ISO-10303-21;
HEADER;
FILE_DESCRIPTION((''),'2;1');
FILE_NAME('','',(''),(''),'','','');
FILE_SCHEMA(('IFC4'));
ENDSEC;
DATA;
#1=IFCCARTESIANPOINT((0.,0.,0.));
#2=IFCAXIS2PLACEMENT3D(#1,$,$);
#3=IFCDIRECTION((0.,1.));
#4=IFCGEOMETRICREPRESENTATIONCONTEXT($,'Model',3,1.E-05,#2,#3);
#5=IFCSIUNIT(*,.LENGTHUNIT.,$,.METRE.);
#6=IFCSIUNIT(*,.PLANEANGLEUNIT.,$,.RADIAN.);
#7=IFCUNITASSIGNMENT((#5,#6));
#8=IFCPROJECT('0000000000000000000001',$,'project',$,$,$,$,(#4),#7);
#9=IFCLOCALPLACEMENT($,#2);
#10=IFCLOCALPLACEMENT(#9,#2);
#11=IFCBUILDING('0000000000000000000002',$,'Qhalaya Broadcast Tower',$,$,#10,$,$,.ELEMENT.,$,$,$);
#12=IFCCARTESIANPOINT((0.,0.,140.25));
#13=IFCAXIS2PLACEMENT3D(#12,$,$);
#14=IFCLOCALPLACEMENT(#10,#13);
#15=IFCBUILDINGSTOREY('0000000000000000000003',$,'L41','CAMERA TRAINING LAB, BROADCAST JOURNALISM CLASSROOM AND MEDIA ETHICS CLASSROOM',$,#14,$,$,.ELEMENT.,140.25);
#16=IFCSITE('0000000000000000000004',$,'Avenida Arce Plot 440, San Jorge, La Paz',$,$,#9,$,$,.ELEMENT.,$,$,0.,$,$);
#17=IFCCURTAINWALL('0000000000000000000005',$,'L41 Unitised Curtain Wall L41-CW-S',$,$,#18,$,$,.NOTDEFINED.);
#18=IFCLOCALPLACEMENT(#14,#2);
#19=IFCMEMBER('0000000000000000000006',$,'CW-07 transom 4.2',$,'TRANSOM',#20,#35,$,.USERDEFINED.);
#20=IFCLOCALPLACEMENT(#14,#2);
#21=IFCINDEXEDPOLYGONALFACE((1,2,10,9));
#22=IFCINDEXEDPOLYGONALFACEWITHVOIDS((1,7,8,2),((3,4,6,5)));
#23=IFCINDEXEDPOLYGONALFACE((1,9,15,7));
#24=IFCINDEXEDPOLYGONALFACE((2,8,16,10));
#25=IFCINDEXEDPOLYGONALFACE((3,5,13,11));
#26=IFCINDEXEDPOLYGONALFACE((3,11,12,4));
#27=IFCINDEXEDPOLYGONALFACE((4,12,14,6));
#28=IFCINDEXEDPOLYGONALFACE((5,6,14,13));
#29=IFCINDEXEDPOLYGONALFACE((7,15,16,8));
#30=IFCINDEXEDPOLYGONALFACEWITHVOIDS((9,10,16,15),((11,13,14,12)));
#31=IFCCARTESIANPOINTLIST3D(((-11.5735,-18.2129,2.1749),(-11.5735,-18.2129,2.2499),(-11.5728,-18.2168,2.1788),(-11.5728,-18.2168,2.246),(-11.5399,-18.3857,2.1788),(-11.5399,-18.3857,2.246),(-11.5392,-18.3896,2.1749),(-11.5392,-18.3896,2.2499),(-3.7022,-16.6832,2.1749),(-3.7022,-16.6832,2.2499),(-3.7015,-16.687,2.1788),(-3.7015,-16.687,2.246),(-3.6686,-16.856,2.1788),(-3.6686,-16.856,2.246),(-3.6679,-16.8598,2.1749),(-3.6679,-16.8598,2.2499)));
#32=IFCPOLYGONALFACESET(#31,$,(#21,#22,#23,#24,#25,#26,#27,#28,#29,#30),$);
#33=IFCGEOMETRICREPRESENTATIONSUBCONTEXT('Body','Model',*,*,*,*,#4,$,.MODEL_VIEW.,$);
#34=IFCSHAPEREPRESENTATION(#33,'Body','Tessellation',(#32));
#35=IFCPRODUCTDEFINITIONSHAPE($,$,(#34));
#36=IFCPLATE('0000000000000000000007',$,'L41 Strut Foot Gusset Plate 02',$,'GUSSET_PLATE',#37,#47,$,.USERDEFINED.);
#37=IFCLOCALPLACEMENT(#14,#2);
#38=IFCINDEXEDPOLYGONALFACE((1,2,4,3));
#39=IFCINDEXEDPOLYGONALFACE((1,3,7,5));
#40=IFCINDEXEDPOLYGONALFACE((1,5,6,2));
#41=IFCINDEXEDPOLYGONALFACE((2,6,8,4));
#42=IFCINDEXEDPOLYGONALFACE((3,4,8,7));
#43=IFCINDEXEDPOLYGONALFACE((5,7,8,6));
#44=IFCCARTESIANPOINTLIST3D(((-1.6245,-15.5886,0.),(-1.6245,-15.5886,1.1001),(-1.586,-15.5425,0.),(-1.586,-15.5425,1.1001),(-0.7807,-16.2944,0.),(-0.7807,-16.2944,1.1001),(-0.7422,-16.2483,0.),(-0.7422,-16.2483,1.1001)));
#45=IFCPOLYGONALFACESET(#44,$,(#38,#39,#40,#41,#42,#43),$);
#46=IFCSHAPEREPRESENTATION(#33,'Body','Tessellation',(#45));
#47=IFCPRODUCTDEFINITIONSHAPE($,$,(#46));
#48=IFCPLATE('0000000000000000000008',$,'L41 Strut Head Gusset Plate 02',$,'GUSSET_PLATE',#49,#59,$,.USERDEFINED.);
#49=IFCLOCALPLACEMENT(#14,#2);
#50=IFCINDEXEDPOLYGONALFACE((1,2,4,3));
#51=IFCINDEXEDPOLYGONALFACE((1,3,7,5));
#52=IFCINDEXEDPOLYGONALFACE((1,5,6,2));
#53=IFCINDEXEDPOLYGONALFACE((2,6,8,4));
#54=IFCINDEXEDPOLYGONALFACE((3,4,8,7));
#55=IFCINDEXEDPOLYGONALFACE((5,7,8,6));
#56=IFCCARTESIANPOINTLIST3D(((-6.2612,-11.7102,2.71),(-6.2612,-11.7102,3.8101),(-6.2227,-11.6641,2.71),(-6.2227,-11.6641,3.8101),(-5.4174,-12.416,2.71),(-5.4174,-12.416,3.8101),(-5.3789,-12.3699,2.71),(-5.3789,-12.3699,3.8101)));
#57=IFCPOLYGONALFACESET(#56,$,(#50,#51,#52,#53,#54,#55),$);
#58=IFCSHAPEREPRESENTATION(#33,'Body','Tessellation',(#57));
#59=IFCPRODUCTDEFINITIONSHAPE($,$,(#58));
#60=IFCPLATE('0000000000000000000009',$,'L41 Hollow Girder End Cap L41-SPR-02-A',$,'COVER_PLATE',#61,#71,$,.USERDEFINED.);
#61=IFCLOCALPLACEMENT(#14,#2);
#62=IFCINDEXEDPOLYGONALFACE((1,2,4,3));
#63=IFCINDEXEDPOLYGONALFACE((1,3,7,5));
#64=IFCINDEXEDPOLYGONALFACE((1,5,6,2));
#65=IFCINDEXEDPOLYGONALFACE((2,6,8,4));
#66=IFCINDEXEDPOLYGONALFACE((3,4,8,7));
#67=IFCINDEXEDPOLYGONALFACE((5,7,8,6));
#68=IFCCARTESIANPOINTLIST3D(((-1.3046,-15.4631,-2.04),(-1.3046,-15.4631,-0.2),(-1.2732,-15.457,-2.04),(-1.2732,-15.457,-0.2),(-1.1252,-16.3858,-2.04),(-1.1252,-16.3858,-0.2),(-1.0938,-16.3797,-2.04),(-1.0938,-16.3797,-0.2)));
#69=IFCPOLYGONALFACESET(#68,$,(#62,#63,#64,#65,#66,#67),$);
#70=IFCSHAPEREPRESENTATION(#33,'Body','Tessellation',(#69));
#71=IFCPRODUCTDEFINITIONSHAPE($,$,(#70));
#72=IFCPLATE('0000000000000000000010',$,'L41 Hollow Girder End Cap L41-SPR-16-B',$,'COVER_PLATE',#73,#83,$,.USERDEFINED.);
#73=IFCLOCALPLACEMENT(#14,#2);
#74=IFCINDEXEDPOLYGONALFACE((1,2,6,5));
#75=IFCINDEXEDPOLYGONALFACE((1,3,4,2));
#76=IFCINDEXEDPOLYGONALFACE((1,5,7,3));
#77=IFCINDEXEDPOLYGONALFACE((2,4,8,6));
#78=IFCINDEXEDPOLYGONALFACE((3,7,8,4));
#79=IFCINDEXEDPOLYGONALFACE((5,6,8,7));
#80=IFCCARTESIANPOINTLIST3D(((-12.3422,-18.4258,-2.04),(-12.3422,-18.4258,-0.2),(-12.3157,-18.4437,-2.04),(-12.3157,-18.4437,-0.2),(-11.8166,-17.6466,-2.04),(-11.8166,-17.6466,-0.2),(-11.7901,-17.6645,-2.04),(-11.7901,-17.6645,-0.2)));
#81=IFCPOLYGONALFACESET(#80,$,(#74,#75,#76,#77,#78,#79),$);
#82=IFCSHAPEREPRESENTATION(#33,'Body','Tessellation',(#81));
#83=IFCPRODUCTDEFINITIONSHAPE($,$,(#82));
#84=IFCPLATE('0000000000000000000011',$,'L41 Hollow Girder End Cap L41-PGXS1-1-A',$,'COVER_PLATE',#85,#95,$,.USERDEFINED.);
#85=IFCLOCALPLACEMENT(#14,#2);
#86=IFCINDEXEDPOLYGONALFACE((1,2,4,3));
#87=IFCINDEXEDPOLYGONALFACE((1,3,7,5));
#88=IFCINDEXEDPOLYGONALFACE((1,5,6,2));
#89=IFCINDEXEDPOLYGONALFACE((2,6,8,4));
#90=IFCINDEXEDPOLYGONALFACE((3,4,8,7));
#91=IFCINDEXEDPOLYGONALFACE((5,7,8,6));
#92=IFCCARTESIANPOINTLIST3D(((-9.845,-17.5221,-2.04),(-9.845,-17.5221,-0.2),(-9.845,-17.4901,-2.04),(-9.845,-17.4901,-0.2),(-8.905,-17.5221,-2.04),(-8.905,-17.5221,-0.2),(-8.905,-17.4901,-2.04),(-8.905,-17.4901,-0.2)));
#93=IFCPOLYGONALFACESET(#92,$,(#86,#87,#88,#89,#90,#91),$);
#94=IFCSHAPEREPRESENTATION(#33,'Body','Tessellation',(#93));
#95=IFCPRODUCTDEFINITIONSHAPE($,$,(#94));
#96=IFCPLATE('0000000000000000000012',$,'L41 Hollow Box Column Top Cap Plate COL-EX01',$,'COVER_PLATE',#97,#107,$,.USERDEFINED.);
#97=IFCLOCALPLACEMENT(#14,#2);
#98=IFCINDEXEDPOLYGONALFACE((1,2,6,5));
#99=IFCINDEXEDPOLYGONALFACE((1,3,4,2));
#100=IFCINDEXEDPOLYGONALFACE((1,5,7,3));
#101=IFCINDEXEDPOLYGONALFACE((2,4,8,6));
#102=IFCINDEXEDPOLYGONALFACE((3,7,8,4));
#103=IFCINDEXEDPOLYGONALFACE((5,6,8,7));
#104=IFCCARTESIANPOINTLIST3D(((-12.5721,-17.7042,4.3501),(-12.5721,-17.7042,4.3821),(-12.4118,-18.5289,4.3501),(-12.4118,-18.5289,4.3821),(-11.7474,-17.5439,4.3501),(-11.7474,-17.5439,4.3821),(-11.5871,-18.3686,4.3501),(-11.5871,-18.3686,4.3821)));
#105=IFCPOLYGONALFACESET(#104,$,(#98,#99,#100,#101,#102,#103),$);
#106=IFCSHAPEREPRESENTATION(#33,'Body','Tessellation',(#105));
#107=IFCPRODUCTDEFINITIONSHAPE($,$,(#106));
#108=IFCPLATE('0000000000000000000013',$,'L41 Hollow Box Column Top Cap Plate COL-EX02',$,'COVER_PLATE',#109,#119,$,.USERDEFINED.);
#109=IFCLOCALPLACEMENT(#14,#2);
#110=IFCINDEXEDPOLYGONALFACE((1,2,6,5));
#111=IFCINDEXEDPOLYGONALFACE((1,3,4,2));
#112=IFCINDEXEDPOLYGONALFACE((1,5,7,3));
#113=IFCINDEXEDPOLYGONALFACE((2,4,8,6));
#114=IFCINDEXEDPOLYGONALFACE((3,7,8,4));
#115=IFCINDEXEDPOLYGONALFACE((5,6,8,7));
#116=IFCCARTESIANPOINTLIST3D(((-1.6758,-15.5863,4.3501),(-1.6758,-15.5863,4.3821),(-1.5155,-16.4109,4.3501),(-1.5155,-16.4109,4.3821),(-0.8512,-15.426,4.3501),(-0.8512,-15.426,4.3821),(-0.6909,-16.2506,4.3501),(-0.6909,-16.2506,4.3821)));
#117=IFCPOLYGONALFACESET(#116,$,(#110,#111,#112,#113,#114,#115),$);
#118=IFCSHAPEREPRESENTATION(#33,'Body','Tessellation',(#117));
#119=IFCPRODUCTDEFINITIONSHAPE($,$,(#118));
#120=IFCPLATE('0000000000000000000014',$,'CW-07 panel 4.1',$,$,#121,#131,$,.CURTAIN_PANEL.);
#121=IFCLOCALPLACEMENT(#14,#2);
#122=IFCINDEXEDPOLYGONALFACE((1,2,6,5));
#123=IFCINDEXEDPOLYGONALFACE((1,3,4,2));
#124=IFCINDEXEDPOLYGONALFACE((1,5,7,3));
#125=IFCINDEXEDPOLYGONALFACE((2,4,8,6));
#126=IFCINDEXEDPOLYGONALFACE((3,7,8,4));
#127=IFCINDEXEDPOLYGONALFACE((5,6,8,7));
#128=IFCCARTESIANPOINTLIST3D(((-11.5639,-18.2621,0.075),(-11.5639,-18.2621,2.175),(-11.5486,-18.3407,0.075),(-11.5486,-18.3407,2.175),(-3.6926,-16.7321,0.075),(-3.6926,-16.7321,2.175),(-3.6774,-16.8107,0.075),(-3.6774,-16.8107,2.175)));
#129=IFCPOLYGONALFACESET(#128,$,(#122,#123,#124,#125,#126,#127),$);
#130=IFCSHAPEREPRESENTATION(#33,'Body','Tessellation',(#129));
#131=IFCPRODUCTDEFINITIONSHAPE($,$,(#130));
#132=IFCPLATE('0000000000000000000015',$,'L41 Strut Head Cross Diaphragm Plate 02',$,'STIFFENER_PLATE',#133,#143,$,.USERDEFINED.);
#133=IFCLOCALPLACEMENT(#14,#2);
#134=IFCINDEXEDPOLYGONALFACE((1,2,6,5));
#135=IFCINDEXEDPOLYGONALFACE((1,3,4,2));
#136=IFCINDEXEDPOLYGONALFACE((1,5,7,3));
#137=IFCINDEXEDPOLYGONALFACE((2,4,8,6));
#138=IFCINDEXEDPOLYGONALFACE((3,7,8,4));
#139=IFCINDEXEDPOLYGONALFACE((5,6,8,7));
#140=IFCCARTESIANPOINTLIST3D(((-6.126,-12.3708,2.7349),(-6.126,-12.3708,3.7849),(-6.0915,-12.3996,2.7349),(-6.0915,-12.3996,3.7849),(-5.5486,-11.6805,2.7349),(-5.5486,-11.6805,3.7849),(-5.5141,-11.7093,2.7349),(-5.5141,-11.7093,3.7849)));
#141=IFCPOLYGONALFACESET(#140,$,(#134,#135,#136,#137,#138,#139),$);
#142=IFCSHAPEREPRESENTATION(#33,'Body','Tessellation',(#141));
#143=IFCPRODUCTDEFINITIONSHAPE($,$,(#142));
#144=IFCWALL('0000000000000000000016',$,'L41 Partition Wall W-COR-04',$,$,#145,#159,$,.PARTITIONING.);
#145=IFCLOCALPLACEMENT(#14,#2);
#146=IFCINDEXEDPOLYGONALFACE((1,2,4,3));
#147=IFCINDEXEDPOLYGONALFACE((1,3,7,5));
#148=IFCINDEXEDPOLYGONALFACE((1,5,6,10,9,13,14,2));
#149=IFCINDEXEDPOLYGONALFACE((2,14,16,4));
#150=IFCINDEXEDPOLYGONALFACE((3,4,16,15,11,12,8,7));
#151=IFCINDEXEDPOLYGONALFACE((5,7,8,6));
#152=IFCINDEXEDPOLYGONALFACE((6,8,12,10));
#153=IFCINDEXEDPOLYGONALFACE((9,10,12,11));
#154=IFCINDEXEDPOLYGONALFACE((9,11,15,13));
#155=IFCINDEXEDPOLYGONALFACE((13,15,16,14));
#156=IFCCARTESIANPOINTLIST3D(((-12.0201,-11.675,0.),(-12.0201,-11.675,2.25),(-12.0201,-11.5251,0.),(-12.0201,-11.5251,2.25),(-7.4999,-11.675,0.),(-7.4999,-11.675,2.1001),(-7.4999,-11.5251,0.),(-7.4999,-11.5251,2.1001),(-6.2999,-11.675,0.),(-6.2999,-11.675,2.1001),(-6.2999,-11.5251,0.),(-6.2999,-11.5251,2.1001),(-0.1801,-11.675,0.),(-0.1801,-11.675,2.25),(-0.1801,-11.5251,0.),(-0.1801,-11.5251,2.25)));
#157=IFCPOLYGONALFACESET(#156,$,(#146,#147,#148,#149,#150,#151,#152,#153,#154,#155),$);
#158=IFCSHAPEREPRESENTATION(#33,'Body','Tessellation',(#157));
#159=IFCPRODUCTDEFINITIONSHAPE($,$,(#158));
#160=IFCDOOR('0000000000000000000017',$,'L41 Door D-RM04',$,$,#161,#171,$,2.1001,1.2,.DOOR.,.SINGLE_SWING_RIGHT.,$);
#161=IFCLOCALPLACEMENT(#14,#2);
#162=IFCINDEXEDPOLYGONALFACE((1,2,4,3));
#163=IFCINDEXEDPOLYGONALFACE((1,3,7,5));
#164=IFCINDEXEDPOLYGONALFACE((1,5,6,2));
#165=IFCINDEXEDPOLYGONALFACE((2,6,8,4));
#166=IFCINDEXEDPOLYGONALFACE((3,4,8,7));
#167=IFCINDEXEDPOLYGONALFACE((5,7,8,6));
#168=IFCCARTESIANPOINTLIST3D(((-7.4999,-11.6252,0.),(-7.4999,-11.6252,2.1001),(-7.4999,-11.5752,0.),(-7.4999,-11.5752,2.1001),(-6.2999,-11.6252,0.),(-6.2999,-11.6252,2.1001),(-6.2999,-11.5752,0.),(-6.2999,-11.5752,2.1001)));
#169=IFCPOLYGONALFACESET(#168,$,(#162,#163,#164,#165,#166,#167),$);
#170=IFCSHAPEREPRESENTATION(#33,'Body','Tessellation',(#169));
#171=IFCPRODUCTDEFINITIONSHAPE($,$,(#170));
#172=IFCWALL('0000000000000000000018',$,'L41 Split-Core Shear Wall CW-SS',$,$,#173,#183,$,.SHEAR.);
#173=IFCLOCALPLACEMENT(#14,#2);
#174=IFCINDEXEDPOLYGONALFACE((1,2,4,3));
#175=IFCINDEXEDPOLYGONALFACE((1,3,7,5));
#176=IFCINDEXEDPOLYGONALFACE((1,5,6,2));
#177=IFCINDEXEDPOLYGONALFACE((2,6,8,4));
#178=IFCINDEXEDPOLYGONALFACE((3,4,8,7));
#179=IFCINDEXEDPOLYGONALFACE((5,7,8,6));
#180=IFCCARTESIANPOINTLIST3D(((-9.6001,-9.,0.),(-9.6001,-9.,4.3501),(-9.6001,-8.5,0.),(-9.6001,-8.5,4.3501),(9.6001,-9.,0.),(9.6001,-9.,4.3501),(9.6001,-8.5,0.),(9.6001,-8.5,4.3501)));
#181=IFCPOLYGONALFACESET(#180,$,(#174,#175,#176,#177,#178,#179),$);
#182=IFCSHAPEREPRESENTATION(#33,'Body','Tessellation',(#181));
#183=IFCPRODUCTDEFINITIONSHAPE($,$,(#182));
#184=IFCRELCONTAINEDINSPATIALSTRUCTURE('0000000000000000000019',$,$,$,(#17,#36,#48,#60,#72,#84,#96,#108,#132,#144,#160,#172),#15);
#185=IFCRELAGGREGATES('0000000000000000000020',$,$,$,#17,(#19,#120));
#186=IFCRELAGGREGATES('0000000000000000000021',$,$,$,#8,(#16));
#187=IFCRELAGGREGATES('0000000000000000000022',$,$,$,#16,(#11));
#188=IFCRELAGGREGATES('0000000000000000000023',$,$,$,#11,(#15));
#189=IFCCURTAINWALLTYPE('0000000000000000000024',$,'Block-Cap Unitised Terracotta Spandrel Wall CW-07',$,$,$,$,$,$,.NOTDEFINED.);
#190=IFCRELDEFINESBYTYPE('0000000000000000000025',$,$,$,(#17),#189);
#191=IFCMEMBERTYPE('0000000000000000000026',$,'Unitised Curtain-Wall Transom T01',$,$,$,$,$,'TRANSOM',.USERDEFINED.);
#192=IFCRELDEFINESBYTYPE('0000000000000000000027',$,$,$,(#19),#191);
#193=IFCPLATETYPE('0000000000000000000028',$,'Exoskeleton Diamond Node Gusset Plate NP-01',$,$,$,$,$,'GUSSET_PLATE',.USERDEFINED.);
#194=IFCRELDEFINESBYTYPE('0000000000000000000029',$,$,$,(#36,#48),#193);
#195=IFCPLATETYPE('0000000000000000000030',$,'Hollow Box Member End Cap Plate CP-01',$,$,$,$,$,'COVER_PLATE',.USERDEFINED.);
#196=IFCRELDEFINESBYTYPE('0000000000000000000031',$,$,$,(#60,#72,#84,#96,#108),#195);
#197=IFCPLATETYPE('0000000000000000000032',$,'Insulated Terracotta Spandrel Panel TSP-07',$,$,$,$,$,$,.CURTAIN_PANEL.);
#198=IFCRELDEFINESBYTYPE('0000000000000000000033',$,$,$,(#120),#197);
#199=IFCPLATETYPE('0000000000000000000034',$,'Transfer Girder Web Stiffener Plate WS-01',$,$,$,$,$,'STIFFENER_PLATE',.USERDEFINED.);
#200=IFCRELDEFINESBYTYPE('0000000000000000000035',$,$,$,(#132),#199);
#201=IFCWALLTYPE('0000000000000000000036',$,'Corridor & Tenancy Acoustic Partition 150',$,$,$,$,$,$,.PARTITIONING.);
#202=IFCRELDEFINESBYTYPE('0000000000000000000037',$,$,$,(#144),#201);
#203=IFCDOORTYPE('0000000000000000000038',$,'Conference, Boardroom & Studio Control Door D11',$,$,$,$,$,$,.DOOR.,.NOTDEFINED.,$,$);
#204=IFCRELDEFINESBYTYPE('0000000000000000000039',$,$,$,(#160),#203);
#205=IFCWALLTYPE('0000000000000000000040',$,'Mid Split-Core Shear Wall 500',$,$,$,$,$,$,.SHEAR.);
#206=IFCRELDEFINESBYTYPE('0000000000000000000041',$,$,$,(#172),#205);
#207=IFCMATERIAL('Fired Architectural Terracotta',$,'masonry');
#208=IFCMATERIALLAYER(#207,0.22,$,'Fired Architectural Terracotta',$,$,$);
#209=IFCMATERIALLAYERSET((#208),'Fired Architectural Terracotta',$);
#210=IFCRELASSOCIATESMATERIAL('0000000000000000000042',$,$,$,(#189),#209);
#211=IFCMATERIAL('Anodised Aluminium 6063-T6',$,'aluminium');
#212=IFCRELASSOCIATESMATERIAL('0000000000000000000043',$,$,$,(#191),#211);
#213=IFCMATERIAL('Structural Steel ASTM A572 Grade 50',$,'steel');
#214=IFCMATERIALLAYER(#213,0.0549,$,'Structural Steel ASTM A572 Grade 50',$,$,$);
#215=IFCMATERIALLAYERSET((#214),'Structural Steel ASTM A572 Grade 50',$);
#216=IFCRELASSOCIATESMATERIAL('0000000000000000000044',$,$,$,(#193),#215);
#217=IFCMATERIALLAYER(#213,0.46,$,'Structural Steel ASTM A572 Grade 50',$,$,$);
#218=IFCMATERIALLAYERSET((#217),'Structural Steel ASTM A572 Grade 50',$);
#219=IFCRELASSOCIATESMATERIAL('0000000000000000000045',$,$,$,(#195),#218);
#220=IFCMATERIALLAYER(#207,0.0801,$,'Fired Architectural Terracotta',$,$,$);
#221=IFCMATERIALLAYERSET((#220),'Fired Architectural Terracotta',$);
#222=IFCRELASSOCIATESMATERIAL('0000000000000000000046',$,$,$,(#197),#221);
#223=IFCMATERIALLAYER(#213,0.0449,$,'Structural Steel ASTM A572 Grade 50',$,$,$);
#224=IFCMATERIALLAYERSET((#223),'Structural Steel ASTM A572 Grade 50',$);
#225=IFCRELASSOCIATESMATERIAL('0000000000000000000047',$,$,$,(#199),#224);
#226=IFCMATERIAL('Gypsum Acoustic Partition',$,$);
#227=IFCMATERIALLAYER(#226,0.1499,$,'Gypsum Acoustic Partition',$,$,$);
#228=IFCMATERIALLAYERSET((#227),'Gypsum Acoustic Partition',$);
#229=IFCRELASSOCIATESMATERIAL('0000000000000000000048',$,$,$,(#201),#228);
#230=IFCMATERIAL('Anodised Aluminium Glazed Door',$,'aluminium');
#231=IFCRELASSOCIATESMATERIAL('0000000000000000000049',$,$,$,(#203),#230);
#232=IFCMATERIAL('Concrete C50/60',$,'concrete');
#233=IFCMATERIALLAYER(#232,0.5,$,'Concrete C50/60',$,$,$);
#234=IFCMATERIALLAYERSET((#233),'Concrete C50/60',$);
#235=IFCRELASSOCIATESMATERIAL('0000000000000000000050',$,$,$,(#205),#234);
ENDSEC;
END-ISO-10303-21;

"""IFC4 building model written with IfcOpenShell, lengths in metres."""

from ifc_helpers import new_model, si_unit, direction, frame, frame_2d, origin, origin_2d, place, context, subcontext, project, spatial, rectangle, hollow_rectangle, extrude, material, layer, layer_set, material_profile, profile_set, type_object, element, fill, aggregate, save


model = new_model("IFC4")

# Units and contexts
model_context = context("Model", 3, precision=1e-05, world=origin(), true_north=direction((0.0, 1.0)))
body_context = subcontext(model_context, "Body", "Model", "MODEL_VIEW")
ifc_project = project(units=[si_unit("LENGTHUNIT", "METRE"), si_unit("PLANEANGLEUNIT", "RADIAN")], contexts=[model_context])

# Site, building, storey
site_placement = place(None, origin())
site = spatial("IfcSite", under=ifc_project, at=site_placement, Name="Avenida Arce Plot 440, San Jorge, La Paz", CompositionType="ELEMENT", RefElevation=0.0)
building_placement = place(site_placement, origin())
building = spatial("IfcBuilding", under=site, at=building_placement, Name="Qhalaya Broadcast Tower", CompositionType="ELEMENT")
storey_placement = place(building_placement, frame((0.0, 0.0, 140.25)))
storey = spatial("IfcBuildingStorey", under=building, at=storey_placement, Name="L41", Description="CAMERA TRAINING LAB, BROADCAST JOURNALISM CLASSROOM AND MEDIA ETHICS CLASSROOM", CompositionType="ELEMENT", Elevation=140.25)

# Shared definitions
ifc_material_1 = material(Name="Structural Steel ASTM A572 Grade 50", Category="steel")

# Curtain wall, member
ifc_material_2 = material(Name="Fired Architectural Terracotta", Category="masonry")
ifc_layer_1 = layer(ifc_material_2, 0.22, Name="Fired Architectural Terracotta")
ifc_layer_set_1 = layer_set([ifc_layer_1], Name="Fired Architectural Terracotta")
curtain_wall_type = type_object("IfcCurtainWallType", Name="Block-Cap Unitised Terracotta Spandrel Wall CW-07", PredefinedType="NOTDEFINED", material=ifc_layer_set_1)
curtain_wall_placement = place(storey_placement, origin())
curtain_wall = element("IfcCurtainWall", 1, at=curtain_wall_placement, inside=storey, type_object=curtain_wall_type, Name="L41 Unitised Curtain Wall L41-CW-S", PredefinedType="NOTDEFINED")
ifc_material_3 = material(Name="Anodised Aluminium 6063-T6", Category="aluminium")
ifc_material_profile_1 = material_profile(ifc_material_3, hollow_rectangle(XDim=0.075, YDim=0.1799, WallThickness=0.0039, at=origin_2d()), Name="ALU-TRN 75x180x4")
ifc_profile_set_1 = profile_set([ifc_material_profile_1], Name="Anodised Aluminium 6063-T6")
member_type_1 = type_object("IfcMemberType", Name="Unitised Curtain-Wall Transom T01", ElementType="TRANSOM", PredefinedType="USERDEFINED", material=ifc_profile_set_1)
member_1_placement = place(storey_placement, frame((-3.6851, -16.7715, 2.2124), z_axis=(-0.981633, -0.190779, 0.0), x_axis=(0.0, 0.0, 1.0)))
member_1 = element("IfcMember", 2, at=member_1_placement, type_object=member_type_1, Name="CW-07 transom 4.2", ObjectType="TRANSOM", PredefinedType="USERDEFINED", context=body_context, shape_type="SweptSolid", body=[
    extrude(hollow_rectangle(XDim=0.075, YDim=0.1799, WallThickness=0.0039, at=origin_2d()), origin(), (0.0, 0.0, 1.0), 8.0186),
])

# Plates
ifc_layer_2 = layer(ifc_material_1, 0.0549, Name="Structural Steel ASTM A572 Grade 50")
ifc_layer_set_2 = layer_set([ifc_layer_2], Name="Structural Steel ASTM A572 Grade 50")
plate_type_1 = type_object("IfcPlateType", Name="Exoskeleton Diamond Node Gusset Plate NP-01", ElementType="GUSSET_PLATE", PredefinedType="USERDEFINED", material=ifc_layer_set_2)
for number, where, z_axis, x_axis, name in (
    (3, (-1.1833, -15.9185, 0.0), (0.0, 0.0, 1.0), (-0.767031, 0.64161, 0.0), "L41 Strut Foot Gusset Plate 02"),
    (4, (-5.8201, -12.04, 2.71), (0.0, 0.0, 1.0), (-0.767031, 0.64161, 0.0), "L41 Strut Head Gusset Plate 02"),
):
    element("IfcPlate", number, at=place(storey_placement, frame(where, z_axis=z_axis, x_axis=x_axis)), inside=storey, type_object=plate_type_1, Name=name, ObjectType="GUSSET_PLATE", PredefinedType="USERDEFINED", context=body_context, shape_type="SweptSolid", body=[
        extrude(rectangle(XDim=1.1001, YDim=0.0601, at=origin_2d()), origin(), (0.0, 0.0, 1.0), 1.1001),
    ])
ifc_layer_3 = layer(ifc_material_1, 0.46, Name="Structural Steel ASTM A572 Grade 50")
ifc_layer_set_3 = layer_set([ifc_layer_3], Name="Structural Steel ASTM A572 Grade 50")
plate_type_2 = type_object("IfcPlateType", Name="Hollow Box Member End Cap Plate CP-01", ElementType="COVER_PLATE", PredefinedType="USERDEFINED", material=ifc_layer_set_3)
for number, where, z_axis, x_axis, name in (
    (5, (-1.1992, -15.9214, -2.04), (0.0, 0.0, 1.0), (-0.190809, 0.981627, 0.0), "L41 Hollow Girder End Cap L41-SPR-02-A"),
    (6, (-12.0662, -18.0452, -2.04), (0.0, 0.0, 1.0), (0.559193, 0.829038, 0.0), "L41 Hollow Girder End Cap L41-SPR-16-B"),
    (7, (-9.375, -17.5061, -2.04), (0.0, 0.0, 1.0), (-1.0, 0.0, 0.0), "L41 Hollow Girder End Cap L41-PGXS1-1-A"),
):
    element("IfcPlate", number, at=place(storey_placement, frame(where, z_axis=z_axis, x_axis=x_axis)), inside=storey, type_object=plate_type_2, Name=name, ObjectType="COVER_PLATE", PredefinedType="USERDEFINED", context=body_context, shape_type="SweptSolid", body=[
        extrude(rectangle(XDim=0.9399, YDim=0.032, at=origin_2d()), origin(), (0.0, 0.0, 1.0), 1.8401),
    ])
for number, where, z_axis, x_axis, name in (
    (8, (-12.0796, -18.0364, 4.3501), (0.0, 0.0, 1.0), (0.981627, 0.190809, 0.0), "L41 Hollow Box Column Top Cap Plate COL-EX01"),
    (9, (-1.1833, -15.9185, 4.3501), (0.0, 0.0, 1.0), (0.981627, 0.190809, 0.0), "L41 Hollow Box Column Top Cap Plate COL-EX02"),
):
    element("IfcPlate", number, at=place(storey_placement, frame(where, z_axis=z_axis, x_axis=x_axis)), inside=storey, type_object=plate_type_2, Name=name, ObjectType="COVER_PLATE", PredefinedType="USERDEFINED", context=body_context, shape_type="SweptSolid", body=[
        extrude(rectangle(XDim=0.8401, YDim=0.8401, at=origin_2d()), origin(), (0.0, 0.0, 1.0), 0.032),
    ])

# Plates
ifc_layer_4 = layer(ifc_material_2, 0.0801, Name="Fired Architectural Terracotta")
ifc_layer_set_4 = layer_set([ifc_layer_4], Name="Fired Architectural Terracotta")
plate_type_3 = type_object("IfcPlateType", Name="Insulated Terracotta Spandrel Panel TSP-07", PredefinedType="CURTAIN_PANEL", material=ifc_layer_set_4)
plate_1_placement = place(storey_placement, frame((-7.6206, -17.5364, 0.075), z_axis=(0.0, 0.0, 1.0), x_axis=(-0.981627, -0.19081, 0.0)))
plate_1 = element("IfcPlate", 10, at=plate_1_placement, type_object=plate_type_3, Name="CW-07 panel 4.1", PredefinedType="CURTAIN_PANEL", context=body_context, shape_type="SweptSolid", body=[
    extrude(rectangle(XDim=8.0186, YDim=0.0801, at=origin_2d()), origin(), (0.0, 0.0, 1.0), 2.1001),
])
aggregate(curtain_wall, [member_1, plate_1])
ifc_layer_5 = layer(ifc_material_1, 0.0449, Name="Structural Steel ASTM A572 Grade 50")
ifc_layer_set_5 = layer_set([ifc_layer_5], Name="Structural Steel ASTM A572 Grade 50")
plate_type_4 = type_object("IfcPlateType", Name="Transfer Girder Web Stiffener Plate WS-01", ElementType="STIFFENER_PLATE", PredefinedType="USERDEFINED", material=ifc_layer_set_5)
plate_2_placement = place(storey_placement, frame((-5.8201, -12.04, 2.7349), z_axis=(0.0, 0.0, 1.0), x_axis=(-0.64161, -0.767031, 0.0)))
element("IfcPlate", 11, at=plate_2_placement, inside=storey, type_object=plate_type_4, Name="L41 Strut Head Cross Diaphragm Plate 02", ObjectType="STIFFENER_PLATE", PredefinedType="USERDEFINED", context=body_context, shape_type="SweptSolid", body=[
    extrude(rectangle(XDim=0.8999, YDim=0.0449, at=origin_2d()), origin(), (0.0, 0.0, 1.0), 1.05),
])

# Wall, opening, door
ifc_material_4 = material(Name="Gypsum Acoustic Partition")
ifc_layer_6 = layer(ifc_material_4, 0.1499, Name="Gypsum Acoustic Partition")
ifc_layer_set_6 = layer_set([ifc_layer_6], Name="Gypsum Acoustic Partition")
wall_type_1 = type_object("IfcWallType", Name="Corridor & Tenancy Acoustic Partition 150", PredefinedType="PARTITIONING", material=ifc_layer_set_6)
wall_1_placement = place(storey_placement, frame((-12.02, -11.6001, 0.0), z_axis=(0.0, 0.0, 1.0), x_axis=(1.0, 0.0, 0.0)))
wall_1 = element("IfcWall", 12, at=wall_1_placement, inside=storey, type_object=wall_type_1, Name="L41 Partition Wall W-COR-04", PredefinedType="PARTITIONING", context=body_context, shape_type="SweptSolid", body=[
    extrude(rectangle(XDim=11.8401, YDim=0.1499, at=frame_2d((5.9199, 0.0))), origin(), (0.0, 0.0, 1.0), 2.25),
])
opening_placement = place(wall_1_placement, frame((4.52, 0.0, 0.0)))
opening = element("IfcOpeningElement", 13, at=opening_placement, cuts=wall_1, PredefinedType="OPENING", context=body_context, shape_type="SweptSolid", body=[
    extrude(rectangle(XDim=1.2, YDim=2.1001, at=frame_2d((0.6001, 1.05))), frame((0.0, 0.0869, 0.0), z_axis=(0.0, -1.0, 0.0), x_axis=(1.0, 0.0, 0.0)), (0.0, 0.0, 1.0), 0.1738),
])
ifc_material_5 = material(Name="Anodised Aluminium Glazed Door", Category="aluminium")
door_type = type_object("IfcDoorType", Name="Conference, Boardroom & Studio Control Door D11", OperationType="NOTDEFINED", PredefinedType="DOOR", material=ifc_material_5)
door_placement = place(opening_placement, origin())
door = element("IfcDoor", 14, at=door_placement, inside=storey, type_object=door_type, Name="L41 Door D-RM04", OperationType="SINGLE_SWING_RIGHT", OverallHeight=2.1001, OverallWidth=1.2, PredefinedType="DOOR", context=body_context, shape_type="SweptSolid", body=[
    extrude(rectangle(XDim=1.2, YDim=2.1001, at=frame_2d((0.6001, 1.05))), frame((0.0, 0.0249, 0.0), z_axis=(0.0, -1.0, 0.0), x_axis=(1.0, 0.0, 0.0)), (0.0, 0.0, 1.0), 0.05),
])
fill(opening, door)

# Wall
ifc_material_6 = material(Name="Concrete C50/60", Category="concrete")
ifc_layer_7 = layer(ifc_material_6, 0.5, Name="Concrete C50/60")
ifc_layer_set_7 = layer_set([ifc_layer_7], Name="Concrete C50/60")
wall_type_2 = type_object("IfcWallType", Name="Mid Split-Core Shear Wall 500", PredefinedType="SHEAR", material=ifc_layer_set_7)
wall_2_placement = place(storey_placement, frame((-9.6001, -8.75, 0.0), z_axis=(0.0, 0.0, 1.0), x_axis=(1.0, 0.0, 0.0)))
element("IfcWall", 15, at=wall_2_placement, inside=storey, type_object=wall_type_2, Name="L41 Split-Core Shear Wall CW-SS", PredefinedType="SHEAR", context=body_context, shape_type="SweptSolid", body=[
    extrude(rectangle(XDim=19.2002, YDim=0.5, at=frame_2d((9.6001, 0.0))), origin(), (0.0, 0.0, 1.0), 4.3501),
])

save(model, "model.ifc")
